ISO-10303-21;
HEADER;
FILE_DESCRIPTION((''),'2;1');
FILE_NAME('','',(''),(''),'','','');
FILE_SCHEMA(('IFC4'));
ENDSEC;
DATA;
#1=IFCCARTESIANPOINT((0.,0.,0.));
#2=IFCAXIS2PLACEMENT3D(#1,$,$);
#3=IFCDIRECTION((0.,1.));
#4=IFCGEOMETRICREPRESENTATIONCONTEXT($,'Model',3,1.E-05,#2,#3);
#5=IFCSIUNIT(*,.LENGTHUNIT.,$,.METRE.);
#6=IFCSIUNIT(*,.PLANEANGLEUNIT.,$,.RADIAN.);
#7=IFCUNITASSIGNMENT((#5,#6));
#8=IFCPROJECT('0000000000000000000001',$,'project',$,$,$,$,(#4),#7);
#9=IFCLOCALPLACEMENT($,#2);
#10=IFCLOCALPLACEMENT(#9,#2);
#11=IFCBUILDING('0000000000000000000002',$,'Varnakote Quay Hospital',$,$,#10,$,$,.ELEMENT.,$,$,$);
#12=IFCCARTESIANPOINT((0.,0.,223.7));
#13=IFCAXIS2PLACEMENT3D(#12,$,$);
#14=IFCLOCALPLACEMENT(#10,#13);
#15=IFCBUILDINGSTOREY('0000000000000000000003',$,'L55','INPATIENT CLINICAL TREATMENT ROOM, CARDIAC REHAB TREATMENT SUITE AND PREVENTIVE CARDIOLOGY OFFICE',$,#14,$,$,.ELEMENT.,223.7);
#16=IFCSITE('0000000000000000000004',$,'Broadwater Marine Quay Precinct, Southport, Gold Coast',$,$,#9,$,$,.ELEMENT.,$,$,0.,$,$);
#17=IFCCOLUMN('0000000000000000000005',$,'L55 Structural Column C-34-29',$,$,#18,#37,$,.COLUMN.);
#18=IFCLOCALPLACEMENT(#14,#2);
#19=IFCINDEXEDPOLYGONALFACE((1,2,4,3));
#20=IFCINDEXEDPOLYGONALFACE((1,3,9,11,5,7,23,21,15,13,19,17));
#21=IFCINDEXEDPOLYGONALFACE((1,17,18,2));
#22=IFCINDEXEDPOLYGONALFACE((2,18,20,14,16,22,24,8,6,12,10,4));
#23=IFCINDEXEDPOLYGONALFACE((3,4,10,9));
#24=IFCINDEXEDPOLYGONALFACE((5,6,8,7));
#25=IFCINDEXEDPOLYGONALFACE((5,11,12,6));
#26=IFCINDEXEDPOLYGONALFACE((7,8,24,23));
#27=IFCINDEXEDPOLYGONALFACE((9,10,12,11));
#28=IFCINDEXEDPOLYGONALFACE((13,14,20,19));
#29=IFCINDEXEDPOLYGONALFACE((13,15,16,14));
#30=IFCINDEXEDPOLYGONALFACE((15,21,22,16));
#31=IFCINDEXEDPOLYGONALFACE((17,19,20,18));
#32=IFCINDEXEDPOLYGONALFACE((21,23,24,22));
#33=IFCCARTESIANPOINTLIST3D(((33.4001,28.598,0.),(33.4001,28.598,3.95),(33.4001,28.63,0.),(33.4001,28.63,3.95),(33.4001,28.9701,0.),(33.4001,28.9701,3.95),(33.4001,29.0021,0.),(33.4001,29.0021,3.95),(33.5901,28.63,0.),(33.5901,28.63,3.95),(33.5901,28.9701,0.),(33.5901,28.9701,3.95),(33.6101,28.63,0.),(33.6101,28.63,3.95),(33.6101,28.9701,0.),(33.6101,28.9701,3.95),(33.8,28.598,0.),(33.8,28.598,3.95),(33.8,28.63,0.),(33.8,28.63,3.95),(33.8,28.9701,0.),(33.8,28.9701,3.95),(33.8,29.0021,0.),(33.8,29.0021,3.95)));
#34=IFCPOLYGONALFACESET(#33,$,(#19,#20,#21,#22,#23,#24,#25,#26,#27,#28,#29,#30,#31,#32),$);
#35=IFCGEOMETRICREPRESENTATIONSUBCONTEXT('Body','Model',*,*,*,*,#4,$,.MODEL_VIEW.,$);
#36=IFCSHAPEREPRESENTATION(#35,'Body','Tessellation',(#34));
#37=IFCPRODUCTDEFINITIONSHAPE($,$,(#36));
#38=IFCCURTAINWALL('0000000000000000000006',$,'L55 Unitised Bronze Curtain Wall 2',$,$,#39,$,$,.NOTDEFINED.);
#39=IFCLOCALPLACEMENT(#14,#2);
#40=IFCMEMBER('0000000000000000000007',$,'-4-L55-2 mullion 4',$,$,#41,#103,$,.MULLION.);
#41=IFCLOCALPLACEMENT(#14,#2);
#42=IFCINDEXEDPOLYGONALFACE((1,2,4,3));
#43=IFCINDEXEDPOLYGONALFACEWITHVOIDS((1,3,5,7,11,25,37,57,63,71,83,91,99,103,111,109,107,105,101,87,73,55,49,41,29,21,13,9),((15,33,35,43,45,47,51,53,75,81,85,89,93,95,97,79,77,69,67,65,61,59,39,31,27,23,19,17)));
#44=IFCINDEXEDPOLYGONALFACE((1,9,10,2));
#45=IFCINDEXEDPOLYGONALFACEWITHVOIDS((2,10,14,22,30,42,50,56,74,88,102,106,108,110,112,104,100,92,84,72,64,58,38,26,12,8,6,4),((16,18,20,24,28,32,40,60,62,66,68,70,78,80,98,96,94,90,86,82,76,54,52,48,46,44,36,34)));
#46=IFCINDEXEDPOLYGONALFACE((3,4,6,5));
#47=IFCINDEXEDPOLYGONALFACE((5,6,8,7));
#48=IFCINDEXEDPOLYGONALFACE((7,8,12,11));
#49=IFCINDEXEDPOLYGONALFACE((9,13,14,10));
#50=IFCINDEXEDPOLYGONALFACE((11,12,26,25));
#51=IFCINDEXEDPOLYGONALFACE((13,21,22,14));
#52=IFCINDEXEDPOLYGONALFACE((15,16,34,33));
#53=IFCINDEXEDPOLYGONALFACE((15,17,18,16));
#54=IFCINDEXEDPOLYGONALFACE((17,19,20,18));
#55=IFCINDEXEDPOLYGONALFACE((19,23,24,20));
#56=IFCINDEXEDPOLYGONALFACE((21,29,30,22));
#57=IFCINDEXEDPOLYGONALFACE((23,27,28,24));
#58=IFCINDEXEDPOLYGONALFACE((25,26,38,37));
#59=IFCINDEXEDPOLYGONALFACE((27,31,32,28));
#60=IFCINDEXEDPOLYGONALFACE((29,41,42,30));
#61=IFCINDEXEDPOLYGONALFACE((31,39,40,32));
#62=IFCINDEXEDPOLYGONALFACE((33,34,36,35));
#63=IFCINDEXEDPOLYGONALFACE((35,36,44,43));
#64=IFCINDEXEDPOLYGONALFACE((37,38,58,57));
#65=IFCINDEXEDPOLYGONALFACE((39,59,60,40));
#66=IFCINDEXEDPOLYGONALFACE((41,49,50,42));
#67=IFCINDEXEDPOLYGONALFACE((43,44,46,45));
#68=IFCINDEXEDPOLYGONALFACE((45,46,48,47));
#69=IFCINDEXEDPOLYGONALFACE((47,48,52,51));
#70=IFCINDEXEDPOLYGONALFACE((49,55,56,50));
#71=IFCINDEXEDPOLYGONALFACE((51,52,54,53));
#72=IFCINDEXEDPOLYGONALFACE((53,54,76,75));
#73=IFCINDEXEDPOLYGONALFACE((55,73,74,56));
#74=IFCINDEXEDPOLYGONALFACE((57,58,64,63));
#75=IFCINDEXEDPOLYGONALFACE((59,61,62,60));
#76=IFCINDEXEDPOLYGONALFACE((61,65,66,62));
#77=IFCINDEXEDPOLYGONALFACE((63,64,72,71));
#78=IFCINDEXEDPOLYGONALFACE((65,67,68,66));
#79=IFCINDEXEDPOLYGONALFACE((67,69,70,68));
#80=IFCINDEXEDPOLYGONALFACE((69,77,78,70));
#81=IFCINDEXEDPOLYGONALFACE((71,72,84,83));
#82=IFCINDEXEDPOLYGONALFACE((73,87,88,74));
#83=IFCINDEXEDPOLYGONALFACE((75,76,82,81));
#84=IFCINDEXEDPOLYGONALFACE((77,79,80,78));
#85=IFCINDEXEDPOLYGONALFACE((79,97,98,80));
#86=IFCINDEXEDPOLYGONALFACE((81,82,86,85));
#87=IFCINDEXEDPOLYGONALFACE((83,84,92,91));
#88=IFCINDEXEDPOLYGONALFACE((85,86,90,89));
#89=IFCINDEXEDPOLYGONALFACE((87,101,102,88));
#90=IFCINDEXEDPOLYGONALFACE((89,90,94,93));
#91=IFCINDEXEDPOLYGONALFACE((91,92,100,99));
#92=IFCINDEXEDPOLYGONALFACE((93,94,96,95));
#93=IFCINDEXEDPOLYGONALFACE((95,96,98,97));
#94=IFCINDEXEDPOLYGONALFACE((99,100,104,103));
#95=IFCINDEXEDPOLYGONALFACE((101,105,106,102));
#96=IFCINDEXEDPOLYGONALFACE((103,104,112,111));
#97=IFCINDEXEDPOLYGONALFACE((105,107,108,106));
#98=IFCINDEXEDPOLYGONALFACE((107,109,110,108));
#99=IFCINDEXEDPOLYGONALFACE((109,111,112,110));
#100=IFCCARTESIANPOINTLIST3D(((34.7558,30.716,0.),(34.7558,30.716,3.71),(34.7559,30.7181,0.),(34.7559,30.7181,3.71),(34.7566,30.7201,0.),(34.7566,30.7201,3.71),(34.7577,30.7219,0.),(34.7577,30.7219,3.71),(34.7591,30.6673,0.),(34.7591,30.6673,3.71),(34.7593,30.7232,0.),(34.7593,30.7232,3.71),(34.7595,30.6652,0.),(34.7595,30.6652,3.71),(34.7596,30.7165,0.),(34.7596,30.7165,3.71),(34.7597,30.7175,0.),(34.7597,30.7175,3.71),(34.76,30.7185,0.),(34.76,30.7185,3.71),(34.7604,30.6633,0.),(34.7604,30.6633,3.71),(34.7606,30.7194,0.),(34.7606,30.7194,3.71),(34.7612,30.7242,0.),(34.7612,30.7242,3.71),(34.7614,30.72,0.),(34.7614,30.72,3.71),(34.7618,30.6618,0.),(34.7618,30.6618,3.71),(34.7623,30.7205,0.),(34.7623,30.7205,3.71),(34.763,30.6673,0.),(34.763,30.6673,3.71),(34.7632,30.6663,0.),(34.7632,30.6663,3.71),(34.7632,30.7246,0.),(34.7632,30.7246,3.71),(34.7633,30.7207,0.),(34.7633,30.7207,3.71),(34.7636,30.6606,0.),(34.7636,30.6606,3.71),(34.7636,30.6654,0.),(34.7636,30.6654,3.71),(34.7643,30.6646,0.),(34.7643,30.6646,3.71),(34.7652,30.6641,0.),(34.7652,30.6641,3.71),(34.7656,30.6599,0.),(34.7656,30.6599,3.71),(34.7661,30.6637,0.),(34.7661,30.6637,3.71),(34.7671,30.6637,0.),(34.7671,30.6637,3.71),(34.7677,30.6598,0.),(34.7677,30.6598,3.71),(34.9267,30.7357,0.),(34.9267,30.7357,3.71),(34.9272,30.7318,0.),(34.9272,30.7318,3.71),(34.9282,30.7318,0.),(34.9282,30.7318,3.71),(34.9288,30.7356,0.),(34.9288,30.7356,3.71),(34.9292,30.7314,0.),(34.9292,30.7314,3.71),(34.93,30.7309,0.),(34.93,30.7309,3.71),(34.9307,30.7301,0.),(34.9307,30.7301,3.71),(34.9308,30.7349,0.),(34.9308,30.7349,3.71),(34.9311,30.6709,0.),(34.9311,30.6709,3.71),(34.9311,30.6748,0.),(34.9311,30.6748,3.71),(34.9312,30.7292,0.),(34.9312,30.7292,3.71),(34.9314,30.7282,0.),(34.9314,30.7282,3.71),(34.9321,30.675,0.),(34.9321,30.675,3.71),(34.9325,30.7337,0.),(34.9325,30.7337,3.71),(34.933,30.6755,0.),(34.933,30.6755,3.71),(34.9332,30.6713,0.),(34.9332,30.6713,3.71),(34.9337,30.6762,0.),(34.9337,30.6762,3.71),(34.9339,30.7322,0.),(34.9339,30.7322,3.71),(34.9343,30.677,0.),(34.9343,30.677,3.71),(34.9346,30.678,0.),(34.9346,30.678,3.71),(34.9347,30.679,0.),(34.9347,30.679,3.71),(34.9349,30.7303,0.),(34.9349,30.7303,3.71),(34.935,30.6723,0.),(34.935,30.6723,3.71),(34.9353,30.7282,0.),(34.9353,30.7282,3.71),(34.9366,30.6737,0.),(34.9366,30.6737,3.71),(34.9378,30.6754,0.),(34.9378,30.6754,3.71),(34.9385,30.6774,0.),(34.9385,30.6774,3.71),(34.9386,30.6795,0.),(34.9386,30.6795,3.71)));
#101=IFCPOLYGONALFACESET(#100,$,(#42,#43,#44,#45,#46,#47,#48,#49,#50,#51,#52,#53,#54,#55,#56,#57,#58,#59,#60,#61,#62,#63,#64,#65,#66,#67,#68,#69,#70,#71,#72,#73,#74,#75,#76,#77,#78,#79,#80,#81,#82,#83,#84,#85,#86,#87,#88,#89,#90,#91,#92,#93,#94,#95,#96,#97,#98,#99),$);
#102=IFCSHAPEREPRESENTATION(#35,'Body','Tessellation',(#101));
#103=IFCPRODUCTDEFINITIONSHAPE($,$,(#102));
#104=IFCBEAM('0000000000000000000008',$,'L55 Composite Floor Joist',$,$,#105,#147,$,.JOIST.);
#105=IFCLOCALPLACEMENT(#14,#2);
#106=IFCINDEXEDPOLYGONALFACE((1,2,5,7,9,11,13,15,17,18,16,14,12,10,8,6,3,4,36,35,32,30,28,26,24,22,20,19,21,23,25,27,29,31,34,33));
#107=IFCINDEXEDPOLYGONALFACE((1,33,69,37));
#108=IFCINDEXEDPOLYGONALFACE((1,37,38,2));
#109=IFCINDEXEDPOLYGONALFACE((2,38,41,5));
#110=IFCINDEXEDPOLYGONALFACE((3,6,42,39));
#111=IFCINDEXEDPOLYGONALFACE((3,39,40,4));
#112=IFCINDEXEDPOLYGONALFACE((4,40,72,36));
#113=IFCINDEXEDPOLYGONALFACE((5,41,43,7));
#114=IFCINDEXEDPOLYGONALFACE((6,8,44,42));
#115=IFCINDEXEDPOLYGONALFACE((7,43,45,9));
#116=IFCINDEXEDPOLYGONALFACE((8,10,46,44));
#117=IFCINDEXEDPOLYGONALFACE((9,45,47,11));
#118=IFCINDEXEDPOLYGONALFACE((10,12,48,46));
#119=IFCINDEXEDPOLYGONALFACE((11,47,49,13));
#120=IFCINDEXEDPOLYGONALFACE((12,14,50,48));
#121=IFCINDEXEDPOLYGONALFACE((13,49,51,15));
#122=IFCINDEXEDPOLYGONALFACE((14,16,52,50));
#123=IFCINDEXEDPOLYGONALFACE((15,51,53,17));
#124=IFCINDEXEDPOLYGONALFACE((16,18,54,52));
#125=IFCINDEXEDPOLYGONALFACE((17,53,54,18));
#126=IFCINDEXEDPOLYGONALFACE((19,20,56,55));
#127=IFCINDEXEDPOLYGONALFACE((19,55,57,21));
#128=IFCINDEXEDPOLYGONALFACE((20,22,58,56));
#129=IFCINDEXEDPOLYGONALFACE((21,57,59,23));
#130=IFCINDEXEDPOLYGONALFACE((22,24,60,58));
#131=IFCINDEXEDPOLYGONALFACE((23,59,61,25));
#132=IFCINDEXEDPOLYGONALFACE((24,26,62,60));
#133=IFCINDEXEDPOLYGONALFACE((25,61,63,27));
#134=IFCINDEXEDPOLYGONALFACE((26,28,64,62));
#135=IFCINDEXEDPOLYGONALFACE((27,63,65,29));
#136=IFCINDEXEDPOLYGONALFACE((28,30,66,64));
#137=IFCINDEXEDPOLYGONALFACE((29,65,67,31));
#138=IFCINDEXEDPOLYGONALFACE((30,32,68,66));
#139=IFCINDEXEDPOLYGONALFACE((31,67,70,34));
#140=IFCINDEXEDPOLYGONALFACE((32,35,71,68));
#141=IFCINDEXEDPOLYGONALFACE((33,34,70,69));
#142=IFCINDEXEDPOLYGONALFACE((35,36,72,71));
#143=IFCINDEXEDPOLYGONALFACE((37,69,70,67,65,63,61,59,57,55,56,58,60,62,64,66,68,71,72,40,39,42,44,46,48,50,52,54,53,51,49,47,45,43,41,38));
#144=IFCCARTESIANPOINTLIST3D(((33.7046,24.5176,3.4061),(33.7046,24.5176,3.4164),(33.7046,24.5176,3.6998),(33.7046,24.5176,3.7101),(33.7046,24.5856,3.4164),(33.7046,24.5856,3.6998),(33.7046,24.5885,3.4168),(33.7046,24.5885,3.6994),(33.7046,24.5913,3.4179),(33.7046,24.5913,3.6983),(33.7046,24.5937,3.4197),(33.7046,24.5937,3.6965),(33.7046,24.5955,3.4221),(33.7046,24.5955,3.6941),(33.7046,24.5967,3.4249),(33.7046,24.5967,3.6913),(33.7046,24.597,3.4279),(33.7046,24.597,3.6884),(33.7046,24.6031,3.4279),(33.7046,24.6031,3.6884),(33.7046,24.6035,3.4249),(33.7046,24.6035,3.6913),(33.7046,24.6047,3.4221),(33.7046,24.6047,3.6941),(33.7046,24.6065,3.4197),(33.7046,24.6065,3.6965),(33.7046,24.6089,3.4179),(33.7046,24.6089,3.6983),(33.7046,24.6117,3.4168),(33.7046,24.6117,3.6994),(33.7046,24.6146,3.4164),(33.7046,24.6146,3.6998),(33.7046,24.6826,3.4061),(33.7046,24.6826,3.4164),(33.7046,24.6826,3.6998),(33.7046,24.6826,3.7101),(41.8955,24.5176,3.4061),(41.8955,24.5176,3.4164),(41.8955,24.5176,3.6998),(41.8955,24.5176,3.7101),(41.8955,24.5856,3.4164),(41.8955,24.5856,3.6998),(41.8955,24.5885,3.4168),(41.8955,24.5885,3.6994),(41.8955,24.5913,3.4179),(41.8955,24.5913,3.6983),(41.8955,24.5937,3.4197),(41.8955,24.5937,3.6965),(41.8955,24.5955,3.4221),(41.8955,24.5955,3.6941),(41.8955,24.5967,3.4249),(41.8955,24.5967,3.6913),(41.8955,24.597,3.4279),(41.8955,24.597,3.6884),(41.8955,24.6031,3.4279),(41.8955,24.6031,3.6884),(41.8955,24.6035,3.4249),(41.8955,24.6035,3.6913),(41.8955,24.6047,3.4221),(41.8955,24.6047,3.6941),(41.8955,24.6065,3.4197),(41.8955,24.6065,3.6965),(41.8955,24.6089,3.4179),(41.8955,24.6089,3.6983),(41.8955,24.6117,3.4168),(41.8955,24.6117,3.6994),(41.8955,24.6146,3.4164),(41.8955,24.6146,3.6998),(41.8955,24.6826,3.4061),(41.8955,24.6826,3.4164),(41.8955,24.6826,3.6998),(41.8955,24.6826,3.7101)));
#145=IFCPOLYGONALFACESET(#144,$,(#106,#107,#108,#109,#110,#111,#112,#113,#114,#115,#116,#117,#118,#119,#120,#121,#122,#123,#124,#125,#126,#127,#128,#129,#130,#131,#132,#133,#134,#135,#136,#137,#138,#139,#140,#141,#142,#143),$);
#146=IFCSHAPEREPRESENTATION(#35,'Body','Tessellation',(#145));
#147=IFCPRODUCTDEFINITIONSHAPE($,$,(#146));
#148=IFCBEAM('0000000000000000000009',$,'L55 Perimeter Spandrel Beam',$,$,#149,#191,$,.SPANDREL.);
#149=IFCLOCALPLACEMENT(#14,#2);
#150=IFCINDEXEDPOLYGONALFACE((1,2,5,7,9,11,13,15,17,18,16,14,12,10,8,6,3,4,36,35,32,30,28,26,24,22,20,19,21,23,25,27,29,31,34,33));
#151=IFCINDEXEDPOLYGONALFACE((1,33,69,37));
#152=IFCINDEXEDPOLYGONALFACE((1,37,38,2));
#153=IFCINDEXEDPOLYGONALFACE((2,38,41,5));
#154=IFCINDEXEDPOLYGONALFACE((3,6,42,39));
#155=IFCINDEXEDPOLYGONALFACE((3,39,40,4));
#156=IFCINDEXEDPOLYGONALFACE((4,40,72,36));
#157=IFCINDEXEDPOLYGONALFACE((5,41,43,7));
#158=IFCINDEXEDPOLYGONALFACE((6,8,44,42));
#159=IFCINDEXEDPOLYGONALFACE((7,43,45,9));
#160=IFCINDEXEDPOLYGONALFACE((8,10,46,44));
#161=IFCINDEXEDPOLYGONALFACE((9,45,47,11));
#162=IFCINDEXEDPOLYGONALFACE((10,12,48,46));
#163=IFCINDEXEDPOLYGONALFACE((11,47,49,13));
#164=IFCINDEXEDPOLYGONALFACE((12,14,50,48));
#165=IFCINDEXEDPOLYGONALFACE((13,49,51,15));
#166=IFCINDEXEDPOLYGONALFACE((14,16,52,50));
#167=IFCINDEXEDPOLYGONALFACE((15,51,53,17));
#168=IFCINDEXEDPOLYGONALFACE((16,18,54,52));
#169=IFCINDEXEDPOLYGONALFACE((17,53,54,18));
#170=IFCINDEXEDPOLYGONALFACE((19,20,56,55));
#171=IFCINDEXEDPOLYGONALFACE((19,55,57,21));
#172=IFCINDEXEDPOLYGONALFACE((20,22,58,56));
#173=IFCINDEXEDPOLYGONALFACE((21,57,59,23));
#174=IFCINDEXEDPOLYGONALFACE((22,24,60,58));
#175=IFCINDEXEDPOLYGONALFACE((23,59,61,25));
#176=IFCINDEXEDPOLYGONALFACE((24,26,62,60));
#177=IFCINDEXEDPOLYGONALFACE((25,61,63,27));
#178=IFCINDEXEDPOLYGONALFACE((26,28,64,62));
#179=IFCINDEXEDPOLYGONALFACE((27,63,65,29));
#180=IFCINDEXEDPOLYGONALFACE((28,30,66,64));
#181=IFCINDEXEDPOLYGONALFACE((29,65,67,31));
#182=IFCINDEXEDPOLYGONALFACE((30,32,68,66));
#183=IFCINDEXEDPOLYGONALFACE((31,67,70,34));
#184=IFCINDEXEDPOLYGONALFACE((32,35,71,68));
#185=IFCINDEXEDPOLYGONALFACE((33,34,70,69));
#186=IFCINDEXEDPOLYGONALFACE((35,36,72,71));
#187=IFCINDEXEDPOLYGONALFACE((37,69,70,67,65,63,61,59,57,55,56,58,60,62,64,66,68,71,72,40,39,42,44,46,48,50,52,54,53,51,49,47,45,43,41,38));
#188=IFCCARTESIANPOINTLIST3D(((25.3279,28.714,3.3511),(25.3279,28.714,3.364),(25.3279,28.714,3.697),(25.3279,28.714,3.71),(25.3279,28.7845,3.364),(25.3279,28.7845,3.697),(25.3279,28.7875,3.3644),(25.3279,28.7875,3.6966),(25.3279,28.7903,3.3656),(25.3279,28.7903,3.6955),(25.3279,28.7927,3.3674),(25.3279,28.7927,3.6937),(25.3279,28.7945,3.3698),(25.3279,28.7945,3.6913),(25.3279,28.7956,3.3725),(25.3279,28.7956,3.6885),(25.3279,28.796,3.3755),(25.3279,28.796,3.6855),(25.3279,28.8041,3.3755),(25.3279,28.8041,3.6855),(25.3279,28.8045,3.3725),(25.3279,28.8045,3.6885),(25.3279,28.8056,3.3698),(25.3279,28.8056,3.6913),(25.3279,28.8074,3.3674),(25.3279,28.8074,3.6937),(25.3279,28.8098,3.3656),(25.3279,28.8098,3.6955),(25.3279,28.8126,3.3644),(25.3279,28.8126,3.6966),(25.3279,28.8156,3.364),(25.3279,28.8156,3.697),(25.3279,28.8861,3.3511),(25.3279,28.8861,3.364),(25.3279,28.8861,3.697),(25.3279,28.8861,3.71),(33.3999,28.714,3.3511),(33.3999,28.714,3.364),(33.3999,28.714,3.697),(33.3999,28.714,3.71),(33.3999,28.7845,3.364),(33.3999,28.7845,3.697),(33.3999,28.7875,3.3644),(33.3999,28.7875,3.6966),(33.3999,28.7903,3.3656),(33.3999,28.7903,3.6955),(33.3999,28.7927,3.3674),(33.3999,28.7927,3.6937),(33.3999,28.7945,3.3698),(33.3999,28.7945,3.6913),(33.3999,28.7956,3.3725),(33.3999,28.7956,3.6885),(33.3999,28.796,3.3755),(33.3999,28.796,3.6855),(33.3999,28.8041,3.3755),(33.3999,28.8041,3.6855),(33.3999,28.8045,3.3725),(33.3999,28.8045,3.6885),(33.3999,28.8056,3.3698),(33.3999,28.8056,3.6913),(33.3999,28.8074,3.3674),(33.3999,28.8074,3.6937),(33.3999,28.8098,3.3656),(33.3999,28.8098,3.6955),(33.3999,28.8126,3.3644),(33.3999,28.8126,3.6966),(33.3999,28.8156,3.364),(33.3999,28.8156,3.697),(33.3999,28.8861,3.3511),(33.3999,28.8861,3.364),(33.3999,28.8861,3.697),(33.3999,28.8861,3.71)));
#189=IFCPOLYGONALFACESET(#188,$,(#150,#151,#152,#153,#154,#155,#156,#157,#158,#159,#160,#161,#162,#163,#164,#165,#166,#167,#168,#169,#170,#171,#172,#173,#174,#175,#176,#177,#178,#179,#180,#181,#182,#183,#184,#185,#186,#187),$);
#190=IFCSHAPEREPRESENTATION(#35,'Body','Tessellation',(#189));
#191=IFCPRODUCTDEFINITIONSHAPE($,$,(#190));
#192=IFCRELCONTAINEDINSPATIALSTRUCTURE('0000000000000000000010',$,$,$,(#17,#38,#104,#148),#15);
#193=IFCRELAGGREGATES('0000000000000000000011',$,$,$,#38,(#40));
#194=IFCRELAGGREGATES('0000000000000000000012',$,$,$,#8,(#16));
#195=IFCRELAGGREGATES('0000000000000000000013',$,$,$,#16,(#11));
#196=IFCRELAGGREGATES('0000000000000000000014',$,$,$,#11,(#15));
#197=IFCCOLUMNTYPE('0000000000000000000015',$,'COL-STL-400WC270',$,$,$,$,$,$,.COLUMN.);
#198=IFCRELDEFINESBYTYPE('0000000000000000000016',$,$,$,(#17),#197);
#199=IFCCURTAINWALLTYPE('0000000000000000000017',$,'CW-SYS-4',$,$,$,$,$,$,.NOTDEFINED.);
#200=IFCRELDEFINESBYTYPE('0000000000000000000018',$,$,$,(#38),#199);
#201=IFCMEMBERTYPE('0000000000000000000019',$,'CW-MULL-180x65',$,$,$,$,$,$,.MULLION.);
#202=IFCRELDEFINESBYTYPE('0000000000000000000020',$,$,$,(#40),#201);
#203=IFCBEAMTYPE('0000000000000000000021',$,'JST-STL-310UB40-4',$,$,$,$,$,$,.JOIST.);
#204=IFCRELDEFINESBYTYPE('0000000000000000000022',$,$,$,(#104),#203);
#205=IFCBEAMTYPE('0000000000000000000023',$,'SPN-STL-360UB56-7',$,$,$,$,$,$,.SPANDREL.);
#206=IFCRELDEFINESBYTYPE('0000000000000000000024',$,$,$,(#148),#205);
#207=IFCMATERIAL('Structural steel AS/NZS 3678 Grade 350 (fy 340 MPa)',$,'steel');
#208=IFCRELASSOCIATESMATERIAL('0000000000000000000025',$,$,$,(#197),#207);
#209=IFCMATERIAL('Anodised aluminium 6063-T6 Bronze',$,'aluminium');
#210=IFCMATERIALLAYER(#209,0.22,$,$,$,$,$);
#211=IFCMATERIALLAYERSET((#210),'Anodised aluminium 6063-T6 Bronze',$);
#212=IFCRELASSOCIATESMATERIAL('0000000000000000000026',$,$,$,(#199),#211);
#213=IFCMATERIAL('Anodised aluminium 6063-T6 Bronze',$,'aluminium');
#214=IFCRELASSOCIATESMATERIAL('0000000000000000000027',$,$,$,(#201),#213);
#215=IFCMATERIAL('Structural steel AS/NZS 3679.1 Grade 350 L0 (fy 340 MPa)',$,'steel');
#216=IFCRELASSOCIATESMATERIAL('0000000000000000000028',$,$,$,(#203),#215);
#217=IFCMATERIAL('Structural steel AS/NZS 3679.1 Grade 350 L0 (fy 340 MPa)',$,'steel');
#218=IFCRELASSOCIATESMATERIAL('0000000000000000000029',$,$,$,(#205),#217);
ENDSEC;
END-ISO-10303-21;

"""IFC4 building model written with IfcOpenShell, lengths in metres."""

from ifc_helpers import new_model, si_unit, direction, frame, origin, origin_2d, place, context, subcontext, project, spatial, hollow_rectangle, i_section, extrude, material, layer, layer_set, material_profile, profile_set, type_object, element, aggregate, save


model = new_model("IFC4")

# Units and contexts
model_context = context("Model", 3, precision=1e-05, world=origin(), true_north=direction((0.0, 1.0)))
body_context = subcontext(model_context, "Body", "Model", "MODEL_VIEW")
ifc_project = project(units=[si_unit("LENGTHUNIT", "METRE"), si_unit("PLANEANGLEUNIT", "RADIAN")], contexts=[model_context])

# Site, building, storey
site_placement = place(None, origin())
site = spatial("IfcSite", under=ifc_project, at=site_placement, Name="Broadwater Marine Quay Precinct, Southport, Gold Coast", CompositionType="ELEMENT", RefElevation=0.0)
building_placement = place(site_placement, origin())
building = spatial("IfcBuilding", under=site, at=building_placement, Name="Varnakote Quay Hospital", CompositionType="ELEMENT")
storey_placement = place(building_placement, frame((0.0, 0.0, 223.7)))
storey = spatial("IfcBuildingStorey", under=building, at=storey_placement, Name="L55", Description="INPATIENT CLINICAL TREATMENT ROOM, CARDIAC REHAB TREATMENT SUITE AND PREVENTIVE CARDIOLOGY OFFICE", CompositionType="ELEMENT", Elevation=223.7)

# Column
ifc_material_1 = material(Name="Structural steel AS/NZS 3678 Grade 350 (fy 340 MPa)", Category="steel")
ifc_material_profile_1 = material_profile(ifc_material_1, i_section(OverallWidth=0.3999, OverallDepth=0.4041, WebThickness=0.02, FlangeThickness=0.032, at=origin_2d()), Name="400WC270")
ifc_profile_set_1 = profile_set([ifc_material_profile_1], Name="Structural steel AS/NZS 3678 Grade 350 (fy 340 MPa)")
column_type = type_object("IfcColumnType", Name="COL-STL-400WC270", PredefinedType="COLUMN", material=ifc_profile_set_1)
column_placement = place(storey_placement, frame((33.6001, 28.8, 0.0), z_axis=(0.0, 0.0, 1.0), x_axis=(1.0, 0.0, 0.0)))
element("IfcColumn", 1, at=column_placement, inside=storey, type_object=column_type, Name="L55 Structural Column C-34-29", PredefinedType="COLUMN", context=body_context, shape_type="SweptSolid", body=[
    extrude(i_section(OverallWidth=0.3999, OverallDepth=0.4041, WebThickness=0.02, FlangeThickness=0.032, at=origin_2d()), origin(), (0.0, 0.0, 1.0), 3.95),
])

# Curtain wall, member
ifc_material_2 = material(Name="Anodised aluminium 6063-T6 Bronze", Category="aluminium")
ifc_layer_1 = layer(ifc_material_2, 0.22)
ifc_layer_set_1 = layer_set([ifc_layer_1], Name="Anodised aluminium 6063-T6 Bronze")
curtain_wall_type = type_object("IfcCurtainWallType", Name="CW-SYS-4", PredefinedType="NOTDEFINED", material=ifc_layer_set_1)
curtain_wall_placement = place(storey_placement, origin())
curtain_wall = element("IfcCurtainWall", 2, at=curtain_wall_placement, inside=storey, type_object=curtain_wall_type, Name="L55 Unitised Bronze Curtain Wall 2", PredefinedType="NOTDEFINED")
ifc_material_3 = material(Name="Anodised aluminium 6063-T6 Bronze", Category="aluminium")
ifc_material_profile_2 = material_profile(ifc_material_3, hollow_rectangle(XDim=0.0649, YDim=0.1799, WallThickness=0.0039, InnerFilletRadius=0.0039, OuterFilletRadius=0.0081, at=origin_2d()), Name="CW-MULL-180x65")
ifc_profile_set_2 = profile_set([ifc_material_profile_2], Name="Anodised aluminium 6063-T6 Bronze")
member_type = type_object("IfcMemberType", Name="CW-MULL-180x65", PredefinedType="MULLION", material=ifc_profile_set_2)
member_placement = place(storey_placement, frame((34.8472, 30.6978, 0.0), z_axis=(0.0, 0.0, 1.0), x_axis=(0.067842, -0.997696, 0.0)))
member = element("IfcMember", 3, at=member_placement, type_object=member_type, Name="-4-L55-2 mullion 4", PredefinedType="MULLION", context=body_context, shape_type="SweptSolid", body=[
    extrude(hollow_rectangle(XDim=0.0649, YDim=0.1799, WallThickness=0.0039, InnerFilletRadius=0.0039, OuterFilletRadius=0.0081, at=origin_2d()), origin(), (0.0, 0.0, 1.0), 3.71),
])
aggregate(curtain_wall, [member])

# Beams
ifc_material_4 = material(Name="Structural steel AS/NZS 3679.1 Grade 350 L0 (fy 340 MPa)", Category="steel")
ifc_material_profile_3 = material_profile(ifc_material_4, i_section(OverallWidth=0.165, OverallDepth=0.304, WebThickness=0.0061, FlangeThickness=0.0103, FilletRadius=0.0115, at=origin_2d()), Name="310UB40.4")
ifc_profile_set_3 = profile_set([ifc_material_profile_3], Name="Structural steel AS/NZS 3679.1 Grade 350 L0 (fy 340 MPa)")
beam_type_1 = type_object("IfcBeamType", Name="JST-STL-310UB40-4", PredefinedType="JOIST", material=ifc_profile_set_3)
beam_placement = place(storey_placement, frame((33.7046, 24.6001, 3.5581), z_axis=(1.0, 0.0, 0.0), x_axis=(0.0, 1.0, 0.0)))
element("IfcBeam", 4, at=beam_placement, inside=storey, type_object=beam_type_1, Name="L55 Composite Floor Joist", PredefinedType="JOIST", context=body_context, shape_type="SweptSolid", body=[
    extrude(i_section(OverallWidth=0.165, OverallDepth=0.304, WebThickness=0.0061, FlangeThickness=0.0103, FilletRadius=0.0115, at=origin_2d()), origin(), (0.0, 0.0, 1.0), 8.1909),
])
ifc_material_5 = material(Name="Structural steel AS/NZS 3679.1 Grade 350 L0 (fy 340 MPa)", Category="steel")
ifc_material_profile_4 = material_profile(ifc_material_5, i_section(OverallWidth=0.1721, OverallDepth=0.3589, WebThickness=0.0081, FlangeThickness=0.0129, FilletRadius=0.0115, at=origin_2d()), Name="360UB56.7")
ifc_profile_set_4 = profile_set([ifc_material_profile_4], Name="Structural steel AS/NZS 3679.1 Grade 350 L0 (fy 340 MPa)")
beam_type_2 = type_object("IfcBeamType", Name="SPN-STL-360UB56-7", PredefinedType="SPANDREL", material=ifc_profile_set_4)
for number, where, z_axis, x_axis, name in (
    (5, (25.3279, 28.8, 3.5305), (1.0, 0.0, 0.0), (0.0, 1.0, 0.0), "L55 Perimeter Spandrel Beam"),
):
    element("IfcBeam", number, at=place(storey_placement, frame(where, z_axis=z_axis, x_axis=x_axis)), inside=storey, type_object=beam_type_2, Name=name, PredefinedType="SPANDREL", context=body_context, shape_type="SweptSolid", body=[
        extrude(i_section(OverallWidth=0.1721, OverallDepth=0.3589, WebThickness=0.0081, FlangeThickness=0.0129, FilletRadius=0.0115, at=origin_2d()), origin(), (0.0, 0.0, 1.0), 8.072),
    ])

save(model, "model.ifc")
